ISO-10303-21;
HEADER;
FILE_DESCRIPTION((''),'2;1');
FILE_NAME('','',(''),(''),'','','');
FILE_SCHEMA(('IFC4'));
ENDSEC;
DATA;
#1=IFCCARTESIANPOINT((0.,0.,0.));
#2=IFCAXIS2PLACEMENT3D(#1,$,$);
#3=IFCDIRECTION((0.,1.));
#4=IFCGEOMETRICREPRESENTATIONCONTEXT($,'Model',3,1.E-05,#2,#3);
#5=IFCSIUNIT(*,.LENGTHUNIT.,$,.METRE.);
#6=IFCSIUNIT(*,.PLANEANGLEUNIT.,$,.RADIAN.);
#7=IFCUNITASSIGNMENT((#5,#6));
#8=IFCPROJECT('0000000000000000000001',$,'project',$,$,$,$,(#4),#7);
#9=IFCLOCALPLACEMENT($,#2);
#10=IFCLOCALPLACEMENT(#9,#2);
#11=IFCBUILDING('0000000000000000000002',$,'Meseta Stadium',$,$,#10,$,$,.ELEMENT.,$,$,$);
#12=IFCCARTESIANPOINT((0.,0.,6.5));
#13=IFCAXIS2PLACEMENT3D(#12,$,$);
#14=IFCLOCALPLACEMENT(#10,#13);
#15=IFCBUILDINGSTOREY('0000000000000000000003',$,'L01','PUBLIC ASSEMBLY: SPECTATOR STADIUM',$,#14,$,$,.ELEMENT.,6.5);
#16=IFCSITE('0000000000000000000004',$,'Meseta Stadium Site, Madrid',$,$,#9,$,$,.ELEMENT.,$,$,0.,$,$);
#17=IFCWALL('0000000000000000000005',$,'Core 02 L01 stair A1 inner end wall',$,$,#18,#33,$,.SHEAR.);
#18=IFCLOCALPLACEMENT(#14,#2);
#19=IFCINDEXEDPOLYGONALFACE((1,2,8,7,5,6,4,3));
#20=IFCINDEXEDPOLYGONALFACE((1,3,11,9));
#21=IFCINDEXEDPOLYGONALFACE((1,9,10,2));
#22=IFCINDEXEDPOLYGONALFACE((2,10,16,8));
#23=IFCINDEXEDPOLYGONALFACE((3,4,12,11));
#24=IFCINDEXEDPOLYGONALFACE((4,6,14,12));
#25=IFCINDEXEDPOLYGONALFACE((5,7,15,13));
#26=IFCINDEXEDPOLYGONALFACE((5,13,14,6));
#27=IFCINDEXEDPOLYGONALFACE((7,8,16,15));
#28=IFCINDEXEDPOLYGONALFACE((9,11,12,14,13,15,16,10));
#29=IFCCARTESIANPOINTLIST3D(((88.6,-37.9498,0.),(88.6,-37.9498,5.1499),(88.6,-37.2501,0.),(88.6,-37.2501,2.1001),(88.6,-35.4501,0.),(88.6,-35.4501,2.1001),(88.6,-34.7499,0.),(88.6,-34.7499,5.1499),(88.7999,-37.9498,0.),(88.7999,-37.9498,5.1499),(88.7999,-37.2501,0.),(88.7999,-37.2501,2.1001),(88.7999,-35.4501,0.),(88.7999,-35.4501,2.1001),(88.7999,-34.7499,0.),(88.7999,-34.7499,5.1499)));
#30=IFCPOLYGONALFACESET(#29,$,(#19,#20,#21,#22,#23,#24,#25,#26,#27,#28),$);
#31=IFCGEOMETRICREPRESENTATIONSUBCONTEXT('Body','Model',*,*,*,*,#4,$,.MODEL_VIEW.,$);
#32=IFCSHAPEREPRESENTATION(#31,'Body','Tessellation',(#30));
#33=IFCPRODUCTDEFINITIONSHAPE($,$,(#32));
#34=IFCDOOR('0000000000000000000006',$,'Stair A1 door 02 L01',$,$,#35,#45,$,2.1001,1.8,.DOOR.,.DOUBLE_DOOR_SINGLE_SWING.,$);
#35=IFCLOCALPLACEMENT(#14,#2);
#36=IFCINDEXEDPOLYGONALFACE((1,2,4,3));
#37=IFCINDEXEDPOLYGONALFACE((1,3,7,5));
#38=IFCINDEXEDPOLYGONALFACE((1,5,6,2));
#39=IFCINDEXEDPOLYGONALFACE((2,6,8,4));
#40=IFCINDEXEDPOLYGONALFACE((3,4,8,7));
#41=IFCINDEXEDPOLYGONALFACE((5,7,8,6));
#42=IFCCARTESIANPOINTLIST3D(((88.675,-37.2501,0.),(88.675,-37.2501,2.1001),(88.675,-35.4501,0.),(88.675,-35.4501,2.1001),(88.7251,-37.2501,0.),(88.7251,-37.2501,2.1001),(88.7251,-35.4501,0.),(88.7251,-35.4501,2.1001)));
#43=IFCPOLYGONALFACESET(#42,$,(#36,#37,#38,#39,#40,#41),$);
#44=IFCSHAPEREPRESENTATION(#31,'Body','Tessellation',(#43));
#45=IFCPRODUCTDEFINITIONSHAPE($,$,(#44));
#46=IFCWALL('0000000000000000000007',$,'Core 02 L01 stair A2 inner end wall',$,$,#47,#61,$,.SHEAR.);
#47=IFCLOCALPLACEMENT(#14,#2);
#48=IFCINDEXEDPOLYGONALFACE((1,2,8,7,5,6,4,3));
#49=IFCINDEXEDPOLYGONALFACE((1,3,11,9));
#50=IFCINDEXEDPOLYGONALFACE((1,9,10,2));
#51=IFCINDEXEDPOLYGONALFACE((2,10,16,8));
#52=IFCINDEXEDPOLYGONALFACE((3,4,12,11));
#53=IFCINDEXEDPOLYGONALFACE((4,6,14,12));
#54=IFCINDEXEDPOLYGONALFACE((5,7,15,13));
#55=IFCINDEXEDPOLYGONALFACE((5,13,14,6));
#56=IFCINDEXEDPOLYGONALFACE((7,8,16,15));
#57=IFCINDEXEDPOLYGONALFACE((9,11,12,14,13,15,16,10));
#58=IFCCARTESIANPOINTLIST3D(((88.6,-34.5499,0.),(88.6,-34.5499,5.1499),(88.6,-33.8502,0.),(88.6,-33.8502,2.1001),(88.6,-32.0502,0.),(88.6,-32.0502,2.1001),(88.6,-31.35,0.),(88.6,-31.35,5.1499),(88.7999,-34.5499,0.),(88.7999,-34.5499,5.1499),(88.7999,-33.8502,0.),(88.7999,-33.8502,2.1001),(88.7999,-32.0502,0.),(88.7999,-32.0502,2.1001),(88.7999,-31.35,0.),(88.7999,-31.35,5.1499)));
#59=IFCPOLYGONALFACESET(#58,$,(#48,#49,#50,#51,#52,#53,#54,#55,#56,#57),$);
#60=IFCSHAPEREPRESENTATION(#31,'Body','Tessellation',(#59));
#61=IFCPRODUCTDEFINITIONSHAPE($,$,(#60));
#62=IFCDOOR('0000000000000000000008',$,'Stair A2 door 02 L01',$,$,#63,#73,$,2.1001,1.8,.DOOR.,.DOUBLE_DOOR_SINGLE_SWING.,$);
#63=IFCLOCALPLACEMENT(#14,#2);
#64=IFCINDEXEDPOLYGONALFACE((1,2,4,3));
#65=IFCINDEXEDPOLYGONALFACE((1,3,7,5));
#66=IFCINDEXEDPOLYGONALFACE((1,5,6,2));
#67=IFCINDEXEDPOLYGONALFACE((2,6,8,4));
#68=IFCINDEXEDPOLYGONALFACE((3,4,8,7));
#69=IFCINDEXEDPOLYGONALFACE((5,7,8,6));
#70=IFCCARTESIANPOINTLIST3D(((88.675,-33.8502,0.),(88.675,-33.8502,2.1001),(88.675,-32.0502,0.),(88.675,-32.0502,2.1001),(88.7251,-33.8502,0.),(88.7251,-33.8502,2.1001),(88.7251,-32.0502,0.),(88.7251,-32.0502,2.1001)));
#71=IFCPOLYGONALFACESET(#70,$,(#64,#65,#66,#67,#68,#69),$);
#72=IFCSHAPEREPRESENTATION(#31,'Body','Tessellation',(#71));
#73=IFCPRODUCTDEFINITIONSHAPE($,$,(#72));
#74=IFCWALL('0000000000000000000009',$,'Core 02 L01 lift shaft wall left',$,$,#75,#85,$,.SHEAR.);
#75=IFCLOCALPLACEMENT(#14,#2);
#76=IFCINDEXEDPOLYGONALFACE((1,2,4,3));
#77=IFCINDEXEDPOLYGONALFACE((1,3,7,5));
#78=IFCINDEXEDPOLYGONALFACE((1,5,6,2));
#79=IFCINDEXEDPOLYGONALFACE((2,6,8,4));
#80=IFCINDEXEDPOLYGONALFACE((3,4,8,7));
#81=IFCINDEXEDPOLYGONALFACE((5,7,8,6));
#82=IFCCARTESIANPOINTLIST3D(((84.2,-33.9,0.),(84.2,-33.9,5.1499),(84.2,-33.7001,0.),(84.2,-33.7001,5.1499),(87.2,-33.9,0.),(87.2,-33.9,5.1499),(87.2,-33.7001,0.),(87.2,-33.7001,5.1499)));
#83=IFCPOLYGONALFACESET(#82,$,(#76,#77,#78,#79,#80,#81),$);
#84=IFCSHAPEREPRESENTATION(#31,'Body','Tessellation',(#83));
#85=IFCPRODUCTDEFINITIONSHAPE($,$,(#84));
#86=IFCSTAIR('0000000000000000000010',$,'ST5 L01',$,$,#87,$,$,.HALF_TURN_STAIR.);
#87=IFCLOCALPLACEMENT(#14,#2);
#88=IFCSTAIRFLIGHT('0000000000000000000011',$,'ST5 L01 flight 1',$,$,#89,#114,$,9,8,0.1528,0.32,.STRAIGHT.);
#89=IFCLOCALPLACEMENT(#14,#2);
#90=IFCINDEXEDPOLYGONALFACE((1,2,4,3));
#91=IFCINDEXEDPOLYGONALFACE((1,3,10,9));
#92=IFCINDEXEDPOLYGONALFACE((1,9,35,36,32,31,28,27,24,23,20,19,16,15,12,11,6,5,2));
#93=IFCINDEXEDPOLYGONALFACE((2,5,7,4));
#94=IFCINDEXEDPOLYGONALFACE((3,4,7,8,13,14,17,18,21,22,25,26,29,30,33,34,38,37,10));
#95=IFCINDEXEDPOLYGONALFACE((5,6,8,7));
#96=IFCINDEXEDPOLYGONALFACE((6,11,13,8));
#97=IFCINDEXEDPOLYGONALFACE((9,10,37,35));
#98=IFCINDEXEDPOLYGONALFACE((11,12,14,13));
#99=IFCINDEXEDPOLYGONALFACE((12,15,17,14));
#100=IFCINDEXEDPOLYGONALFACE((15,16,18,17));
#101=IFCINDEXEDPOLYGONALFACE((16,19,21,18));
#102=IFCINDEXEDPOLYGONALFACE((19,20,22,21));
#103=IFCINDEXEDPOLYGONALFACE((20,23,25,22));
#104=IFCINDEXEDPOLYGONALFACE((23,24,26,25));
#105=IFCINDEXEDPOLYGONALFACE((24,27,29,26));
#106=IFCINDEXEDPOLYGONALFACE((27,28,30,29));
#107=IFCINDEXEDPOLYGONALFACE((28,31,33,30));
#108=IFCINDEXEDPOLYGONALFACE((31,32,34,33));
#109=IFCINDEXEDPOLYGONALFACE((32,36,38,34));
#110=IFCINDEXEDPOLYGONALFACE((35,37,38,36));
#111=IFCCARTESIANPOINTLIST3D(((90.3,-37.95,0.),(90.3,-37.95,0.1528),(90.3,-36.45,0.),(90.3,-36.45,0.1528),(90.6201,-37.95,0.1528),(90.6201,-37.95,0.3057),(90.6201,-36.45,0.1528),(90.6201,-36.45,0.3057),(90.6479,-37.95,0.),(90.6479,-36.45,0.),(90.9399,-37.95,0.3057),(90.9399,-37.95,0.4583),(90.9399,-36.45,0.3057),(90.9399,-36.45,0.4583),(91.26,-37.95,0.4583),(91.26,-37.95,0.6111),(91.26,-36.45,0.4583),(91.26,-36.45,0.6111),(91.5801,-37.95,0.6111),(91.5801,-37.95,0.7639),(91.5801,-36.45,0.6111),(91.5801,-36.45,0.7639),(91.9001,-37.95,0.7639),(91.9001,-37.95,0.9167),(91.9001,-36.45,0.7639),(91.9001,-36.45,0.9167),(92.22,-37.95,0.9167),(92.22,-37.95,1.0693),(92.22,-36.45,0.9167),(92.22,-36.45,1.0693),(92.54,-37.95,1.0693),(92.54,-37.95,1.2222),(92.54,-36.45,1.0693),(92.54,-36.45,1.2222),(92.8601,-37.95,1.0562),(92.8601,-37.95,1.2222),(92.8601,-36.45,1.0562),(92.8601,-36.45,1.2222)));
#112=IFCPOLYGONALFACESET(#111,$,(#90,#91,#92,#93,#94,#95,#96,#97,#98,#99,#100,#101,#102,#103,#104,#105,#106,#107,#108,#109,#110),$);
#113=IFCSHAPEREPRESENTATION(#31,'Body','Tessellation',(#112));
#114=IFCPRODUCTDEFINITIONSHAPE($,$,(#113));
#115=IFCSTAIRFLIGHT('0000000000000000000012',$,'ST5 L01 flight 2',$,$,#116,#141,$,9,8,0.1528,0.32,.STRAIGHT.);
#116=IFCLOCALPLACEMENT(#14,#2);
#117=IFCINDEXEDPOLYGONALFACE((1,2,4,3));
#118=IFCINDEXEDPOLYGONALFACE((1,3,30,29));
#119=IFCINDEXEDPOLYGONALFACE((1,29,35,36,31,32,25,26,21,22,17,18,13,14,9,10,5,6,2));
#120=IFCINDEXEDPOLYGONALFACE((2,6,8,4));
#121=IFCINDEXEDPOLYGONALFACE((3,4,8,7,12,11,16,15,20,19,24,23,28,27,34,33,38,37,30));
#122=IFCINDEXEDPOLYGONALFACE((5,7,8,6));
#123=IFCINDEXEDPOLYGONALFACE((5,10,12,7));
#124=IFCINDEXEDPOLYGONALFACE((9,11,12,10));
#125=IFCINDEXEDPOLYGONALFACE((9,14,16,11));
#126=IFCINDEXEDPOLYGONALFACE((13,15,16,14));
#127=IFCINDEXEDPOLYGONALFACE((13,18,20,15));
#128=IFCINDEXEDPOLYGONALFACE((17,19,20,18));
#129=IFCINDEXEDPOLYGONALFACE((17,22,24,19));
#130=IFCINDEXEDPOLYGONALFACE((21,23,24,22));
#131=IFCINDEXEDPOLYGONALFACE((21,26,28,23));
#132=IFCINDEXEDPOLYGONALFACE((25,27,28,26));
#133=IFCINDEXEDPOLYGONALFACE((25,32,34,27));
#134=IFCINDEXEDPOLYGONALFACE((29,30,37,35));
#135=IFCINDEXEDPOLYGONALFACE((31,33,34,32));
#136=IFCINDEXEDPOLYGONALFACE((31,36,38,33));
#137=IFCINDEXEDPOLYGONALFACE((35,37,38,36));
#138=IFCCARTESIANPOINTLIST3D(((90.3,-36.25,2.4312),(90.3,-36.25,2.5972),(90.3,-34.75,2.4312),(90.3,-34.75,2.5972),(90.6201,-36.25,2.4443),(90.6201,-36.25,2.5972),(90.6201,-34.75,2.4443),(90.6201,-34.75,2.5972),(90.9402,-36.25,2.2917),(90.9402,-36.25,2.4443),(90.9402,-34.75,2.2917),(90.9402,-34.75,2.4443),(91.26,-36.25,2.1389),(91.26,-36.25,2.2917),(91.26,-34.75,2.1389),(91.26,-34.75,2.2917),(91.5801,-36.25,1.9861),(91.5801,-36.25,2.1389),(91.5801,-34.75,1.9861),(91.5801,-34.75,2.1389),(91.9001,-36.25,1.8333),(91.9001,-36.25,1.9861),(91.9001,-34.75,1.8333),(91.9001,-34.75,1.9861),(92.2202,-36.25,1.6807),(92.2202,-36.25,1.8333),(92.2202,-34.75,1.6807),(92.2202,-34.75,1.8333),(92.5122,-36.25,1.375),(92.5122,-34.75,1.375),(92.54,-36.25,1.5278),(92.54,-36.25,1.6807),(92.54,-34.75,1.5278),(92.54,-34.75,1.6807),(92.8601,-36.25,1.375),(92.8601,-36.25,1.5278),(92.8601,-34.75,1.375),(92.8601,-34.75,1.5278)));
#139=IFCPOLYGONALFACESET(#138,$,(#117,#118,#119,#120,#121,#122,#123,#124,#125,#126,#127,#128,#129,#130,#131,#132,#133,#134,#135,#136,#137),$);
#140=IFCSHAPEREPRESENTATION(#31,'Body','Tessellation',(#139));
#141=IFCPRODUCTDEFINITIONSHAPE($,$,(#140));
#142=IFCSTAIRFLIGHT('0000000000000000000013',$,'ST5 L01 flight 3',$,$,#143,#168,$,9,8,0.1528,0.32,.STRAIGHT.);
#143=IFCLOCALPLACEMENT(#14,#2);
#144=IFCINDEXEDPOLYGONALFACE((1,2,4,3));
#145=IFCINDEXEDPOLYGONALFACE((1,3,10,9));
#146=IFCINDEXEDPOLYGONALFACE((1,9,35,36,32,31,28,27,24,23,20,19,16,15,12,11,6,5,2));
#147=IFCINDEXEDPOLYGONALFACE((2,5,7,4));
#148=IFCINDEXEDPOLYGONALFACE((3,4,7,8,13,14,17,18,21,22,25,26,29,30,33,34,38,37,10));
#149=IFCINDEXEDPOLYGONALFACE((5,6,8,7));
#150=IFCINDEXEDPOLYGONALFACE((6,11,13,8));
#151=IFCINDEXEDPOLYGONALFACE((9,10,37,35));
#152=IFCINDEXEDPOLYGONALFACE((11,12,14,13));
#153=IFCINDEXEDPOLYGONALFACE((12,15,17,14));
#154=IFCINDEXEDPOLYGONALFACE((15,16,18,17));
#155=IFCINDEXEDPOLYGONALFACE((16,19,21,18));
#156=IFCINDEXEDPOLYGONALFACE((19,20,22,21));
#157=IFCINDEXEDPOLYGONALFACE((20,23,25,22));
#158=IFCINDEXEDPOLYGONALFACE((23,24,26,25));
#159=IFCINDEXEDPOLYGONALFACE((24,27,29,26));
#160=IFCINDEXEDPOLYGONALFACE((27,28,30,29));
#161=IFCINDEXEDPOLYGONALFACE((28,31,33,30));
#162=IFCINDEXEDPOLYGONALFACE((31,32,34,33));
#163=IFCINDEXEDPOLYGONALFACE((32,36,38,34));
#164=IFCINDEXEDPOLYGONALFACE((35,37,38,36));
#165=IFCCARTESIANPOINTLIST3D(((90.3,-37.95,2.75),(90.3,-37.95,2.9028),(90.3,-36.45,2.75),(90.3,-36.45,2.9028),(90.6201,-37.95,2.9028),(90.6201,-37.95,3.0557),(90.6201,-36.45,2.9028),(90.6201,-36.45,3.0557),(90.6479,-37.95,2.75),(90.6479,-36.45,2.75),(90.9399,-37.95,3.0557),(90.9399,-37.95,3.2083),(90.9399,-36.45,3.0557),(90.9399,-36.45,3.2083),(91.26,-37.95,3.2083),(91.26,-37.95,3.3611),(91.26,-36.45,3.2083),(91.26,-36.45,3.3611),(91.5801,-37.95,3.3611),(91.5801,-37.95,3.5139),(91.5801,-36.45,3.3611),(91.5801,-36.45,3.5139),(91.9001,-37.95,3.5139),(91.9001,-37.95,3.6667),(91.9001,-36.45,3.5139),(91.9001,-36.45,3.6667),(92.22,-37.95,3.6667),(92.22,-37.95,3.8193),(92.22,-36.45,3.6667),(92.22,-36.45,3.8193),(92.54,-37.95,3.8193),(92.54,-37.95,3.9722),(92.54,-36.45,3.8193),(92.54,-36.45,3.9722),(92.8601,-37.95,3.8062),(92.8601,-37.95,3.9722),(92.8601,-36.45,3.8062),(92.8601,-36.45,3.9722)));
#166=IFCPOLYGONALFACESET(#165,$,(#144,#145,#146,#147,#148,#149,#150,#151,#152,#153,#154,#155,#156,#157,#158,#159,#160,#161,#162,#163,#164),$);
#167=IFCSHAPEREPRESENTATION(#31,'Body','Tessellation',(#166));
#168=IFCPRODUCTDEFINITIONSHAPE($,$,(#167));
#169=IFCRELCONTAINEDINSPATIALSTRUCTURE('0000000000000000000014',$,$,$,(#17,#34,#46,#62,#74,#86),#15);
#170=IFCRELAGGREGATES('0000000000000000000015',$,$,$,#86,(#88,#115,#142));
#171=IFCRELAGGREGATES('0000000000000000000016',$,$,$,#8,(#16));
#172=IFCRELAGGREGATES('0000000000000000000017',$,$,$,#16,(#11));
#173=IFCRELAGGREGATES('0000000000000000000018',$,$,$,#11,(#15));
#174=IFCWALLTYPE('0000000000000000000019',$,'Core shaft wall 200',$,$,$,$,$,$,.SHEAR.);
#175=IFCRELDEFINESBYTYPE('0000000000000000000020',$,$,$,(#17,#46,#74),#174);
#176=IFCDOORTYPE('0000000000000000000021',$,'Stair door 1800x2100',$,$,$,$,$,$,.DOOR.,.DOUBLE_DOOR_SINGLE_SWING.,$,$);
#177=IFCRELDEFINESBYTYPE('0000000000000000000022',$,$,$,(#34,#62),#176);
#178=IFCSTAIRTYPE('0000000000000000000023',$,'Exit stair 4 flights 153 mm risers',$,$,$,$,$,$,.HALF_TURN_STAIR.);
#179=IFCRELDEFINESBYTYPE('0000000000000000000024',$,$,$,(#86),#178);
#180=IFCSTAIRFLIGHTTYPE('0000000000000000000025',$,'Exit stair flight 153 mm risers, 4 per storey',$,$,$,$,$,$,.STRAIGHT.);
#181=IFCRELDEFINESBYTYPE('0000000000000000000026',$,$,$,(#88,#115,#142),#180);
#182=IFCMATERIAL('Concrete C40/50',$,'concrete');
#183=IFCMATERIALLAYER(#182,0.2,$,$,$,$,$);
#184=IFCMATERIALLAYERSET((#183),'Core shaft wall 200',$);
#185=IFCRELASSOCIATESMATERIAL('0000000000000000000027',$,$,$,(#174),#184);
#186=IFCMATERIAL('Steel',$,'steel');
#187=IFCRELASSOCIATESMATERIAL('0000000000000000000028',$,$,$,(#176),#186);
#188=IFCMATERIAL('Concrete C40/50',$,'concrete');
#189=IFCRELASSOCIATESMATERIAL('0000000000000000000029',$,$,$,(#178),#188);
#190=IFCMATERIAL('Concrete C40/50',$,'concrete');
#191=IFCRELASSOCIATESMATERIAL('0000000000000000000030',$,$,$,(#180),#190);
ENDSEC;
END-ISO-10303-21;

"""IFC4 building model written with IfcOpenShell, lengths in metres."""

from ifc_helpers import new_model, si_unit, direction, frame, frame_2d, origin, place, context, subcontext, project, spatial, polyline, rectangle, outline, extrude, material, layer, layer_set, type_object, element, fill, aggregate, save


model = new_model("IFC4")

# Units and contexts
model_context = context("Model", 3, precision=1e-05, world=origin(), true_north=direction((0.0, 1.0)))
body_context = subcontext(model_context, "Body", "Model", "MODEL_VIEW")
ifc_project = project(units=[si_unit("LENGTHUNIT", "METRE"), si_unit("PLANEANGLEUNIT", "RADIAN")], contexts=[model_context])

# Site, building, storey
site_placement = place(None, origin())
site = spatial("IfcSite", under=ifc_project, at=site_placement, Name="Meseta Stadium Site, Madrid", CompositionType="ELEMENT", RefElevation=0.0)
building_placement = place(site_placement, origin())
building = spatial("IfcBuilding", under=site, at=building_placement, Name="Meseta Stadium", CompositionType="ELEMENT")
storey_placement = place(building_placement, frame((0.0, 0.0, 6.5)))
storey = spatial("IfcBuildingStorey", under=building, at=storey_placement, Name="L01", Description="PUBLIC ASSEMBLY: SPECTATOR STADIUM", CompositionType="ELEMENT", Elevation=6.5)

# Walls, openings, doors
ifc_material_1 = material(Name="Concrete C40/50", Category="concrete")
ifc_layer = layer(ifc_material_1, 0.2)
ifc_layer_set = layer_set([ifc_layer], Name="Core shaft wall 200")
wall_type = type_object("IfcWallType", Name="Core shaft wall 200", PredefinedType="SHEAR", material=ifc_layer_set)
wall_1_placement = place(storey_placement, frame((88.7, -37.95, 0.0), z_axis=(0.0, 0.0, 1.0), x_axis=(0.0, 1.0, 0.0)))
wall_1 = element("IfcWall", 1, at=wall_1_placement, inside=storey, type_object=wall_type, Name="Core 02 L01 stair A1 inner end wall", PredefinedType="SHEAR", context=body_context, shape_type="SweptSolid", body=[
    extrude(rectangle(XDim=3.2, YDim=0.2, at=frame_2d((1.6001, 0.0))), origin(), (0.0, 0.0, 1.0), 5.1499),
])
opening_1_placement = place(wall_1_placement, frame((0.7, 0.0, 0.0)))
opening_1 = element("IfcOpeningElement", 2, at=opening_1_placement, cuts=wall_1, PredefinedType="OPENING", context=body_context, shape_type="SweptSolid", body=[
    extrude(rectangle(XDim=1.8, YDim=2.1001, at=frame_2d((0.8999, 1.05))), frame((0.0, 0.1099, 0.0), z_axis=(0.0, -1.0, 0.0), x_axis=(1.0, 0.0, 0.0)), (0.0, 0.0, 1.0), 0.22),
])
ifc_material_2 = material(Name="Steel", Category="steel")
door_type = type_object("IfcDoorType", Name="Stair door 1800x2100", OperationType="DOUBLE_DOOR_SINGLE_SWING", PredefinedType="DOOR", material=ifc_material_2)
door_1_placement = place(opening_1_placement, origin())
door_1 = element("IfcDoor", 3, at=door_1_placement, inside=storey, type_object=door_type, Name="Stair A1 door 02 L01", OperationType="DOUBLE_DOOR_SINGLE_SWING", OverallHeight=2.1001, OverallWidth=1.8, PredefinedType="DOOR", context=body_context, shape_type="SweptSolid", body=[
    extrude(rectangle(XDim=1.8, YDim=2.1001, at=frame_2d((0.8999, 1.05))), frame((0.0, 0.0249, 0.0), z_axis=(0.0, -1.0, 0.0), x_axis=(1.0, 0.0, 0.0)), (0.0, 0.0, 1.0), 0.05),
])
fill(opening_1, door_1)
wall_2_placement = place(storey_placement, frame((88.7, -34.55, 0.0), z_axis=(0.0, 0.0, 1.0), x_axis=(0.0, 1.0, 0.0)))
wall_2 = element("IfcWall", 4, at=wall_2_placement, inside=storey, type_object=wall_type, Name="Core 02 L01 stair A2 inner end wall", PredefinedType="SHEAR", context=body_context, shape_type="SweptSolid", body=[
    extrude(rectangle(XDim=3.2, YDim=0.2, at=frame_2d((1.6001, 0.0))), origin(), (0.0, 0.0, 1.0), 5.1499),
])
opening_2_placement = place(wall_2_placement, frame((0.7, 0.0, 0.0)))
opening_2 = element("IfcOpeningElement", 5, at=opening_2_placement, cuts=wall_2, PredefinedType="OPENING", context=body_context, shape_type="SweptSolid", body=[
    extrude(rectangle(XDim=1.8, YDim=2.1001, at=frame_2d((0.8999, 1.05))), frame((0.0, 0.1099, 0.0), z_axis=(0.0, -1.0, 0.0), x_axis=(1.0, 0.0, 0.0)), (0.0, 0.0, 1.0), 0.22),
])
door_2_placement = place(opening_2_placement, origin())
door_2 = element("IfcDoor", 6, at=door_2_placement, inside=storey, type_object=door_type, Name="Stair A2 door 02 L01", OperationType="DOUBLE_DOOR_SINGLE_SWING", OverallHeight=2.1001, OverallWidth=1.8, PredefinedType="DOOR", context=body_context, shape_type="SweptSolid", body=[
    extrude(rectangle(XDim=1.8, YDim=2.1001, at=frame_2d((0.8999, 1.05))), frame((0.0, 0.0249, 0.0), z_axis=(0.0, -1.0, 0.0), x_axis=(1.0, 0.0, 0.0)), (0.0, 0.0, 1.0), 0.05),
])
fill(opening_2, door_2)

# Wall
wall_3_placement = place(storey_placement, frame((87.2, -33.8, 0.0), z_axis=(0.0, 0.0, 1.0), x_axis=(-1.0, 0.0, 0.0)))
element("IfcWall", 7, at=wall_3_placement, inside=storey, type_object=wall_type, Name="Core 02 L01 lift shaft wall left", PredefinedType="SHEAR", context=body_context, shape_type="SweptSolid", body=[
    extrude(rectangle(XDim=3.0, YDim=0.2, at=frame_2d((1.5, 0.0))), origin(), (0.0, 0.0, 1.0), 5.1499),
])

# Stair, stair flights
ifc_material_3 = material(Name="Concrete C40/50", Category="concrete")
stair_type = type_object("IfcStairType", Name="Exit stair 4 flights 153 mm risers", PredefinedType="HALF_TURN_STAIR", material=ifc_material_3)
stair_1_placement = place(storey_placement, origin())
stair_1 = element("IfcStair", 8, at=stair_1_placement, inside=storey, type_object=stair_type, Name="ST5 L01", PredefinedType="HALF_TURN_STAIR")
ifc_material_4 = material(Name="Concrete C40/50", Category="concrete")
stair_flight_type = type_object("IfcStairFlightType", Name="Exit stair flight 153 mm risers, 4 per storey", PredefinedType="STRAIGHT", material=ifc_material_4)
stair_flight_1_placement = place(storey_placement, frame((90.3, -37.2, 0.0), z_axis=(0.0, 0.0, 1.0), x_axis=(1.0, 0.0, 0.0)))
stair_flight_1 = element("IfcStairFlight", 9, at=stair_flight_1_placement, type_object=stair_flight_type, Name="ST5 L01 flight 1", NumberOfRisers=9, NumberOfTreads=8, PredefinedType="STRAIGHT", RiserHeight=0.1528, TreadLength=0.32, context=body_context, shape_type="SweptSolid", body=[
    extrude(outline(polyline([(0.0, 0.0), (0.0, 0.1528), (0.3201, 0.1528), (0.3201, 0.3057), (0.6399, 0.3057), (0.6399, 0.4583), (0.96, 0.4583), (0.96, 0.6111), (1.28, 0.6111), (1.28, 0.7639), (1.6001, 0.7639), (1.6001, 0.9167), (1.9199, 0.9167), (1.9199, 1.0693), (2.24, 1.0693), (2.24, 1.2222), (2.5601, 1.2222), (2.5601, 1.0562), (0.3479, 0.0), (0.0, 0.0)])), frame((0.0, 0.75, 0.0), z_axis=(0.0, -1.0, 0.0), x_axis=(1.0, 0.0, 0.0)), (0.0, 0.0, 1.0), 1.5),
])
stair_flight_2_placement = place(storey_placement, frame((92.8601, -35.5, 1.375), z_axis=(0.0, 0.0, 1.0), x_axis=(-1.0, 0.0, 0.0)))
stair_flight_2 = element("IfcStairFlight", 10, at=stair_flight_2_placement, type_object=stair_flight_type, Name="ST5 L01 flight 2", NumberOfRisers=9, NumberOfTreads=8, PredefinedType="STRAIGHT", RiserHeight=0.1528, TreadLength=0.32, context=body_context, shape_type="SweptSolid", body=[
    extrude(outline(polyline([(0.0, 0.0), (0.0, 0.1528), (0.3201, 0.1528), (0.3201, 0.3057), (0.6399, 0.3057), (0.6399, 0.4583), (0.96, 0.4583), (0.96, 0.6111), (1.28, 0.6111), (1.28, 0.7639), (1.6001, 0.7639), (1.6001, 0.9167), (1.9199, 0.9167), (1.9199, 1.0693), (2.24, 1.0693), (2.24, 1.2222), (2.5601, 1.2222), (2.5601, 1.0562), (0.3479, 0.0), (0.0, 0.0)])), frame((0.0, 0.75, 0.0), z_axis=(0.0, -1.0, 0.0), x_axis=(1.0, 0.0, 0.0)), (0.0, 0.0, 1.0), 1.5),
])
stair_flight_3_placement = place(storey_placement, frame((90.3, -37.2, 2.75), z_axis=(0.0, 0.0, 1.0), x_axis=(1.0, 0.0, 0.0)))
stair_flight_3 = element("IfcStairFlight", 11, at=stair_flight_3_placement, type_object=stair_flight_type, Name="ST5 L01 flight 3", NumberOfRisers=9, NumberOfTreads=8, PredefinedType="STRAIGHT", RiserHeight=0.1528, TreadLength=0.32, context=body_context, shape_type="SweptSolid", body=[
    extrude(outline(polyline([(0.0, 0.0), (0.0, 0.1528), (0.3201, 0.1528), (0.3201, 0.3057), (0.6399, 0.3057), (0.6399, 0.4583), (0.96, 0.4583), (0.96, 0.6111), (1.28, 0.6111), (1.28, 0.7639), (1.6001, 0.7639), (1.6001, 0.9167), (1.9199, 0.9167), (1.9199, 1.0693), (2.24, 1.0693), (2.24, 1.2222), (2.5601, 1.2222), (2.5601, 1.0562), (0.3479, 0.0), (0.0, 0.0)])), frame((0.0, 0.75, 0.0), z_axis=(0.0, -1.0, 0.0), x_axis=(1.0, 0.0, 0.0)), (0.0, 0.0, 1.0), 1.5),
])
aggregate(stair_1, [stair_flight_1, stair_flight_2, stair_flight_3])

save(model, "model.ifc")
